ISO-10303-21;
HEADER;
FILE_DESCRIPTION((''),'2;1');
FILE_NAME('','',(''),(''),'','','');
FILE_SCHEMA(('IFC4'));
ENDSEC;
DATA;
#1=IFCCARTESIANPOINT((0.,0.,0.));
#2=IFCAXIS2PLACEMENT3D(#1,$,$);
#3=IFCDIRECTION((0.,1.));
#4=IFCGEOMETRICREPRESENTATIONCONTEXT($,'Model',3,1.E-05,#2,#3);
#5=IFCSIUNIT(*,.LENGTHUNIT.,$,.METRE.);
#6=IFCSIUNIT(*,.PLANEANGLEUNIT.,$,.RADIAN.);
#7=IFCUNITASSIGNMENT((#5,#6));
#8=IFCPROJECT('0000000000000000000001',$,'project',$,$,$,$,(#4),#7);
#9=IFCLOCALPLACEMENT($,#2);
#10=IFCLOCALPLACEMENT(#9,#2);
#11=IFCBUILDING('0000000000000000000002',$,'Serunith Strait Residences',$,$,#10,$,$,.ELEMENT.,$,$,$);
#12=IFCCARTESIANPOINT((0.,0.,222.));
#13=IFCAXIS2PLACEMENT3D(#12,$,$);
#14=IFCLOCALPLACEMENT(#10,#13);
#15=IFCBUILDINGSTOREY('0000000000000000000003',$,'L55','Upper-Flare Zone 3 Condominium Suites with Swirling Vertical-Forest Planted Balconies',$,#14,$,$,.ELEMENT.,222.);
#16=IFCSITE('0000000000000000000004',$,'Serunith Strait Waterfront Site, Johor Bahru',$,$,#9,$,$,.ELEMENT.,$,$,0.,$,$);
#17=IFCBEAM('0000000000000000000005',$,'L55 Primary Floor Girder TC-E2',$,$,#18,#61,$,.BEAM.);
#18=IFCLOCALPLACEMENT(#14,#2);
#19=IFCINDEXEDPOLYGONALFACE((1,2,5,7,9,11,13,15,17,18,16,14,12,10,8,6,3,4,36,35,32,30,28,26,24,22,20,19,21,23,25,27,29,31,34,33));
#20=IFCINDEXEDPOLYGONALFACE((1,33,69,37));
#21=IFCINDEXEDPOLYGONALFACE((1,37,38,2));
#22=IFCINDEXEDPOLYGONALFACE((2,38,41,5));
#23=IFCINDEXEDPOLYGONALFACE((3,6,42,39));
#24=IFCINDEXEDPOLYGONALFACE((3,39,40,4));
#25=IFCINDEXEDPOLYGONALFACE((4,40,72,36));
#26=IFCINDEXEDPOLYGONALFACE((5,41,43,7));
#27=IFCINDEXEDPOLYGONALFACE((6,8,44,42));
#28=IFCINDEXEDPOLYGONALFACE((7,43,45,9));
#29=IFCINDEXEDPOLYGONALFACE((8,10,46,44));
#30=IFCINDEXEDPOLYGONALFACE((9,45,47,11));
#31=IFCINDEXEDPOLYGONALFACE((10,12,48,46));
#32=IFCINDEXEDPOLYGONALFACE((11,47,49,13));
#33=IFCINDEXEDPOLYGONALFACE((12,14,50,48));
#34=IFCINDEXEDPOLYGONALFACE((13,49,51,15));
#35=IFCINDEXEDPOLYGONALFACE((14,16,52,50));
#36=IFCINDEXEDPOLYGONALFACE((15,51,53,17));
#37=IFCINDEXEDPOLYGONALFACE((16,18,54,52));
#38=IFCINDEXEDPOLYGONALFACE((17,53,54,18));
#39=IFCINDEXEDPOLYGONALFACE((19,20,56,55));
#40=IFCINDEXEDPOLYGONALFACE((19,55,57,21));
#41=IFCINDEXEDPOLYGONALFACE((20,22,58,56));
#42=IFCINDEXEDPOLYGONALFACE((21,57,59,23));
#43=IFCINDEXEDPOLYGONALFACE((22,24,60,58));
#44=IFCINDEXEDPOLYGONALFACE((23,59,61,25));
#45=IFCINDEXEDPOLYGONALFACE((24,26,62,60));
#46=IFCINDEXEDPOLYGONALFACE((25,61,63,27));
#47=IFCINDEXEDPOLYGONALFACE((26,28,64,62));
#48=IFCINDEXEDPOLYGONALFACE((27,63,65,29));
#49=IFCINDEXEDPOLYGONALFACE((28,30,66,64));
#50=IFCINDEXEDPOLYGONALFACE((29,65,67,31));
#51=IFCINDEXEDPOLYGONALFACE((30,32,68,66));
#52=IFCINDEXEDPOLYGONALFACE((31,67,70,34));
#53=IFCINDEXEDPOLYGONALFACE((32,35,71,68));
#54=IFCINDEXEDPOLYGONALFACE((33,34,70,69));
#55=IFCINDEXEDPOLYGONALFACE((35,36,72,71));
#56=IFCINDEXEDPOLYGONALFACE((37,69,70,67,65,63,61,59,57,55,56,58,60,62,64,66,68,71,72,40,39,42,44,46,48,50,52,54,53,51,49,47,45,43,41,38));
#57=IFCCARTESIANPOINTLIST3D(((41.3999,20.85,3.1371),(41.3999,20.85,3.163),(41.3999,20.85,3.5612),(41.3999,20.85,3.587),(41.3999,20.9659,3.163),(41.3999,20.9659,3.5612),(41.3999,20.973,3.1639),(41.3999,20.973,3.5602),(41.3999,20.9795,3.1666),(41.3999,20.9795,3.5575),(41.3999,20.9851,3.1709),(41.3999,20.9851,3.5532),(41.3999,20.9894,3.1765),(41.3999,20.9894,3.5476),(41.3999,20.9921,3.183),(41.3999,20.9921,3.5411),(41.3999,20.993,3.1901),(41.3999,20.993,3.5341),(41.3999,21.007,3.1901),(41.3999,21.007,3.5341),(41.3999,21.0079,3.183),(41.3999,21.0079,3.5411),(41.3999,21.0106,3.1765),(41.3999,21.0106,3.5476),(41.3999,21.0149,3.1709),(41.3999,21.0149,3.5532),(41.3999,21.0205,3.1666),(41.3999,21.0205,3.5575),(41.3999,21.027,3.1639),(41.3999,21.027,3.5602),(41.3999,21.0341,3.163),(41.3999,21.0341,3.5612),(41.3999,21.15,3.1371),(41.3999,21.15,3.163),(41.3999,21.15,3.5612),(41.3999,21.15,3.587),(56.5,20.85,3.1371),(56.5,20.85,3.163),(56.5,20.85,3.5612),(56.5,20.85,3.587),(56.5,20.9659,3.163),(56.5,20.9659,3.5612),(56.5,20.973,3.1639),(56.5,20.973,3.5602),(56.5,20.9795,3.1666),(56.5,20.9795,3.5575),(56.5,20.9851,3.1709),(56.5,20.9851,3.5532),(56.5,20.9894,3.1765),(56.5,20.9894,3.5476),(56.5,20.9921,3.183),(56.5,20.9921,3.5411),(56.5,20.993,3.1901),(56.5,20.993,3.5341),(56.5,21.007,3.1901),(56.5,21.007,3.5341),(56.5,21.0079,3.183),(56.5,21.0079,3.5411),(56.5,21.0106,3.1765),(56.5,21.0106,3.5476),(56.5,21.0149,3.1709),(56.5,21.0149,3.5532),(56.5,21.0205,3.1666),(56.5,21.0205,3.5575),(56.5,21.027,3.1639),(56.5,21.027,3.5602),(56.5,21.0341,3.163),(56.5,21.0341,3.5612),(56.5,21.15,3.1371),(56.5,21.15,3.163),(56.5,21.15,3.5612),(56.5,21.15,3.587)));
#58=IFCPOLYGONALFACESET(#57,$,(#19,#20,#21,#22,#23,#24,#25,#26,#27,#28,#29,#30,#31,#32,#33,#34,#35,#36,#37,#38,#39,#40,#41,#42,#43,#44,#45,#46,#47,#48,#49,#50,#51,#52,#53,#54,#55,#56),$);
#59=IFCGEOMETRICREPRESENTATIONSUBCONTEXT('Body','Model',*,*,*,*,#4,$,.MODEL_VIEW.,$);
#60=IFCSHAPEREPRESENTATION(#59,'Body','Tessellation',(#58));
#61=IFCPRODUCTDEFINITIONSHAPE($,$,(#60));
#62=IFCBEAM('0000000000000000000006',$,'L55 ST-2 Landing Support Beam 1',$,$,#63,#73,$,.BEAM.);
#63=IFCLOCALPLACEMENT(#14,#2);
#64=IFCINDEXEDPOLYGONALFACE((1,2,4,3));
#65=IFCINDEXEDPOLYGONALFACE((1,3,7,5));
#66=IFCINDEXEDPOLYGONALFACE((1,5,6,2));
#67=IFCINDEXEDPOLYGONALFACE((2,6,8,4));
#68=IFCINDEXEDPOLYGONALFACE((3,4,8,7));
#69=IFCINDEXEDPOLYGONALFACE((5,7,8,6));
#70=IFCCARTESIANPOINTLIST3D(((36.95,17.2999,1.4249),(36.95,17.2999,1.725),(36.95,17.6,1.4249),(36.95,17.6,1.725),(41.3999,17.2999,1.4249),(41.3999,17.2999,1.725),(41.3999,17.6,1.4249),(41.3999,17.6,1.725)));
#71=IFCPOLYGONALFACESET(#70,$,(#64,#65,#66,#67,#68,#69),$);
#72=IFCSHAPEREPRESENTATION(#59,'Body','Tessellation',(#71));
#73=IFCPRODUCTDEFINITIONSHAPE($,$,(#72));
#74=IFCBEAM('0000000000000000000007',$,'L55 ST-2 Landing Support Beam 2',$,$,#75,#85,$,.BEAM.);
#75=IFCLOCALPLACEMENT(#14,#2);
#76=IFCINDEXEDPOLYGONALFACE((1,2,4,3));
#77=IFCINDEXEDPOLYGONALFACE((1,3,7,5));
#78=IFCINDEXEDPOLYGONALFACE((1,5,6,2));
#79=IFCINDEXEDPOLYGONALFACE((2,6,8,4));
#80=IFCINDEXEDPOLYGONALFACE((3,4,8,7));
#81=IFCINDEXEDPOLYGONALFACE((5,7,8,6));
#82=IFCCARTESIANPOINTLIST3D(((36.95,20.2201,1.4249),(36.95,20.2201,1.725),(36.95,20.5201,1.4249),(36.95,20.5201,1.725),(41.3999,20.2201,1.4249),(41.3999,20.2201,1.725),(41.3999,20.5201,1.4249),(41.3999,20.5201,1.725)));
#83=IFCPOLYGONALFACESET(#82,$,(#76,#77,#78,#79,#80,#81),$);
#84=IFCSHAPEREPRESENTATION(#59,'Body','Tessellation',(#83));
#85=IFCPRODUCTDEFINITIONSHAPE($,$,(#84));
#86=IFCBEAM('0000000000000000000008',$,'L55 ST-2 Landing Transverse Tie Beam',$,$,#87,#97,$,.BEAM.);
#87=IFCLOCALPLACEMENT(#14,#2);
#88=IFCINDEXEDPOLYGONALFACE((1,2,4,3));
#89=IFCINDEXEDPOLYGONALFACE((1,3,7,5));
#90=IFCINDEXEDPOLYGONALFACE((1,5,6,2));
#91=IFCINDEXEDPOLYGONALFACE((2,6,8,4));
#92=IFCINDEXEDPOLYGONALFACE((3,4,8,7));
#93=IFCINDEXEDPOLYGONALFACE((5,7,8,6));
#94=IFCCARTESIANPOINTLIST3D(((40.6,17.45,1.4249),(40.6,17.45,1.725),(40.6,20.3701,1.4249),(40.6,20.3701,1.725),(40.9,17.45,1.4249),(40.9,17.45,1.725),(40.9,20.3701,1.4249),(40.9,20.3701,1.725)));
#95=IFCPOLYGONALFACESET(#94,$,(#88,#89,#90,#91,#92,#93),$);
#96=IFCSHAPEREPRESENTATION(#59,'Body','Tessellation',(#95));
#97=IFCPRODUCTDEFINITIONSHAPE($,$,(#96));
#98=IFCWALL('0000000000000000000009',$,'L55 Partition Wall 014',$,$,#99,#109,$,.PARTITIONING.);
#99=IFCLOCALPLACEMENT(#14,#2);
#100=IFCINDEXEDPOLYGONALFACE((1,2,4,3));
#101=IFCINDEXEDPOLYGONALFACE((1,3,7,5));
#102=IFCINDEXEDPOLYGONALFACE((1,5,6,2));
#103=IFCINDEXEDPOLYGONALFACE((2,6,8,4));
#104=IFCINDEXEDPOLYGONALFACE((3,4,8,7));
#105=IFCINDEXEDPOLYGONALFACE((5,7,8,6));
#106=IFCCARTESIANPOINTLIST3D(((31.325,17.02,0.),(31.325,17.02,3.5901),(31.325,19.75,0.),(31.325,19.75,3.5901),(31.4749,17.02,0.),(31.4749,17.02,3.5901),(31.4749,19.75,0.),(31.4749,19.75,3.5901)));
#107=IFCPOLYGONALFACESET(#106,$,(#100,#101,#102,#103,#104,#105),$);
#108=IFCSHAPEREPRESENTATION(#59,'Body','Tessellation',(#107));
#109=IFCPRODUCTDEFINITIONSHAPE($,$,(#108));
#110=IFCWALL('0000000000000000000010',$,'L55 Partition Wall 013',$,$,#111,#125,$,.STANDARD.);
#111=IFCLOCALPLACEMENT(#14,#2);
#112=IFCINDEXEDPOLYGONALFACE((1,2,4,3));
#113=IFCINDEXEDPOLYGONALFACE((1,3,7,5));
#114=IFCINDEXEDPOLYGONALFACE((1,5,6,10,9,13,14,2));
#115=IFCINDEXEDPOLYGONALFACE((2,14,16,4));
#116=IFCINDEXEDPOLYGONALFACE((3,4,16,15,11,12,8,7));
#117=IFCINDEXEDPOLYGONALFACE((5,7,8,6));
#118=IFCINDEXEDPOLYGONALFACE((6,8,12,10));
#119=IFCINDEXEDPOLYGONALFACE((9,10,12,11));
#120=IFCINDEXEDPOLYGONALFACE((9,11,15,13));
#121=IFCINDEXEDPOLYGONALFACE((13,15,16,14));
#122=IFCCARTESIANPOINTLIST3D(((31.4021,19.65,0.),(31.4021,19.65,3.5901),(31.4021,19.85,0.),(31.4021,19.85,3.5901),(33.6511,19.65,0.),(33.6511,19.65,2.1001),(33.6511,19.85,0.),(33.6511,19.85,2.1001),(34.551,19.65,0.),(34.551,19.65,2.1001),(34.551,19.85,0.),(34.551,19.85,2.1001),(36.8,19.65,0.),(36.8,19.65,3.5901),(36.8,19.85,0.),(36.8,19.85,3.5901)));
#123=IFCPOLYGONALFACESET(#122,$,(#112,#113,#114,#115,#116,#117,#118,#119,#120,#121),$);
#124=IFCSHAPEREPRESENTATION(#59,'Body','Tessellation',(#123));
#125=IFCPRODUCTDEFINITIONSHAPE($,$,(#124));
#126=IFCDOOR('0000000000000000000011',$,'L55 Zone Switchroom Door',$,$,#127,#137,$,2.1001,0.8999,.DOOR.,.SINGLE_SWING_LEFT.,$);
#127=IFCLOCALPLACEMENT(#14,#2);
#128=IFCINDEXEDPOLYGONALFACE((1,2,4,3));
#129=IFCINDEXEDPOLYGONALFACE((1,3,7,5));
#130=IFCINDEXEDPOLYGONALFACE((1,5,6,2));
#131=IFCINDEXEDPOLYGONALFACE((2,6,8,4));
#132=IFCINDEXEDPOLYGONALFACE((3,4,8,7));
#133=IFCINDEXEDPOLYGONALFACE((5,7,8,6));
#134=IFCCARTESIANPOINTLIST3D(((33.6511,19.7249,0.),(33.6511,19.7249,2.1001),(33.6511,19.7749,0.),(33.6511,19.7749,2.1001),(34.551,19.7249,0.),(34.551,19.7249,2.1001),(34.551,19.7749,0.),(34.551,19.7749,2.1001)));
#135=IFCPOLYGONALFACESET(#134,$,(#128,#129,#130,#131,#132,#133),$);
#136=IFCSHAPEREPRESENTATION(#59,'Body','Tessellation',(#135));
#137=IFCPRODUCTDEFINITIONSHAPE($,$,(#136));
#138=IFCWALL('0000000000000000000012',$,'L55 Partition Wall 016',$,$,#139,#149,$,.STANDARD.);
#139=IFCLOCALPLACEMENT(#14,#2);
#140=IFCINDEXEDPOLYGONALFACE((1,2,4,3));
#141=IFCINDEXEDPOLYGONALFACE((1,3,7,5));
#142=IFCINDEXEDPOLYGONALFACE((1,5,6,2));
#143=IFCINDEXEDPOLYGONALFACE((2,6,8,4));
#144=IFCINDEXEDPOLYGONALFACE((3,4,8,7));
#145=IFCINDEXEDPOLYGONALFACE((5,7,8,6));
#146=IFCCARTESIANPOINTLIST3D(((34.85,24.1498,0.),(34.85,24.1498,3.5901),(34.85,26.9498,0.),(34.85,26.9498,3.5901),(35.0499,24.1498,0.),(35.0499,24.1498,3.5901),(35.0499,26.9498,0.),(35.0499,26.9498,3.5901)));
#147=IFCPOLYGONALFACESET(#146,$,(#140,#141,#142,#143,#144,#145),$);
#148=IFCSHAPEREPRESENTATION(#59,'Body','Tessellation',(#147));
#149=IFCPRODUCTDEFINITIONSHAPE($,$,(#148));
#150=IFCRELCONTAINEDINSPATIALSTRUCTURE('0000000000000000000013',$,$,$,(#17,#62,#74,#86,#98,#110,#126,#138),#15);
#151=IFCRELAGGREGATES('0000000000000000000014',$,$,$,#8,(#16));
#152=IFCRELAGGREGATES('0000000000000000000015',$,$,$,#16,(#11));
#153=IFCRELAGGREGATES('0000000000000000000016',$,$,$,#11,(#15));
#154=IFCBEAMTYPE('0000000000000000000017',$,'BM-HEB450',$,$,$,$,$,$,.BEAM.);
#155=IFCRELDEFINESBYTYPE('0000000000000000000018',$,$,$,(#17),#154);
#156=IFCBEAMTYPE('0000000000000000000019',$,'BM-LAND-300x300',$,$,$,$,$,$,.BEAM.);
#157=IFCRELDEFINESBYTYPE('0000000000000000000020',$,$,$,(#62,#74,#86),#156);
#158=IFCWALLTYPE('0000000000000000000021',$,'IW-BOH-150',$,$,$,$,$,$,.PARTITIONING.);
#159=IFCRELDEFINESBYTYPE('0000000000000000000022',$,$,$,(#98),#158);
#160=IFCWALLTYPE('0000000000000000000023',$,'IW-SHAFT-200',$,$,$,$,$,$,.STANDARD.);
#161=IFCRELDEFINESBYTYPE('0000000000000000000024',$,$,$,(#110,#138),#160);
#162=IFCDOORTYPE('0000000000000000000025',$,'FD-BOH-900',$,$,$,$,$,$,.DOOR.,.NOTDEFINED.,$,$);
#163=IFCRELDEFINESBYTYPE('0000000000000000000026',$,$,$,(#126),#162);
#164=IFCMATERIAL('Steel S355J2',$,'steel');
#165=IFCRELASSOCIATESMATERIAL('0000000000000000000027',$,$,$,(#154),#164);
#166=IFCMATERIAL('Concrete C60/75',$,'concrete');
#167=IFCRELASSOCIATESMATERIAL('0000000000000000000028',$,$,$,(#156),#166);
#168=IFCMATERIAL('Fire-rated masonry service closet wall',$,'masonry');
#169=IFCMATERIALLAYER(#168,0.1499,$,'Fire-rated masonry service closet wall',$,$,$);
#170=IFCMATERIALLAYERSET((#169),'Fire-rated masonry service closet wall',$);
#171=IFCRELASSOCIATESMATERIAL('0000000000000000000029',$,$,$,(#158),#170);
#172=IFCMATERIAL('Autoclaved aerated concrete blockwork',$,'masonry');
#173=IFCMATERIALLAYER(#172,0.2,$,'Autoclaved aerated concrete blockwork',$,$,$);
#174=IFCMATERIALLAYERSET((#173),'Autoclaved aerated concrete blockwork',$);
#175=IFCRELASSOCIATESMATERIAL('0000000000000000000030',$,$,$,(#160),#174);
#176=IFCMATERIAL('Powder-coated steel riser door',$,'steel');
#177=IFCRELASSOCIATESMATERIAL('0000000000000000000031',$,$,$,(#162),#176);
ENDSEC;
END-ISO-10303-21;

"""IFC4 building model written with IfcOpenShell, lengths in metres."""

from ifc_helpers import new_model, si_unit, direction, frame, frame_2d, origin, origin_2d, place, context, subcontext, project, spatial, rectangle, i_section, extrude, source, transform, mapped, material, layer, layer_set, material_profile, profile_set, type_object, element, fill, save


model = new_model("IFC4")

# Units and contexts
model_context = context("Model", 3, precision=1e-05, world=origin(), true_north=direction((0.0, 1.0)))
body_context = subcontext(model_context, "Body", "Model", "MODEL_VIEW")
ifc_project = project(units=[si_unit("LENGTHUNIT", "METRE"), si_unit("PLANEANGLEUNIT", "RADIAN")], contexts=[model_context])

# Site, building, storey
site_placement = place(None, origin())
site = spatial("IfcSite", under=ifc_project, at=site_placement, Name="Serunith Strait Waterfront Site, Johor Bahru", CompositionType="ELEMENT", RefElevation=0.0)
building_placement = place(site_placement, origin())
building = spatial("IfcBuilding", under=site, at=building_placement, Name="Serunith Strait Residences", CompositionType="ELEMENT")
storey_placement = place(building_placement, frame((0.0, 0.0, 222.0)))
storey = spatial("IfcBuildingStorey", under=building, at=storey_placement, Name="L55", Description="Upper-Flare Zone 3 Condominium Suites with Swirling Vertical-Forest Planted Balconies", CompositionType="ELEMENT", Elevation=222.0)

# Beams
ifc_material_1 = material(Name="Steel S355J2", Category="steel")
ifc_material_profile_1 = material_profile(ifc_material_1, i_section(OverallWidth=0.3, OverallDepth=0.45, WebThickness=0.0139, FlangeThickness=0.0259, FilletRadius=0.0271, at=origin_2d()), Name="HEB 450")
ifc_profile_set_1 = profile_set([ifc_material_profile_1], Name="Steel S355J2")
beam_type_1 = type_object("IfcBeamType", Name="BM-HEB450", PredefinedType="BEAM", material=ifc_profile_set_1)
shared_shape_1 = source(origin(), body_context, "Body", "SweptSolid", [
    extrude(i_section(OverallWidth=0.3, OverallDepth=0.45, WebThickness=0.0139, FlangeThickness=0.0259, FilletRadius=0.0271, at=origin_2d()), origin(), (0.0, 0.0, 1.0), 15.1001),
])
beam_1_placement = place(storey_placement, frame((41.3999, 21.0, 3.3621), z_axis=(1.0, 0.0, 0.0), x_axis=(0.0, 1.0, 0.0)))
element("IfcBeam", 1, at=beam_1_placement, inside=storey, type_object=beam_type_1, Name="L55 Primary Floor Girder TC-E2", PredefinedType="BEAM", context=body_context, shape_type="MappedRepresentation", body=[
    mapped(shared_shape_1, transform((0.0, 0.0, 0.0), scale=1.0)),
])
ifc_material_2 = material(Name="Concrete C60/75", Category="concrete")
ifc_material_profile_2 = material_profile(ifc_material_2, rectangle(XDim=0.3, YDim=0.3, at=origin_2d()), Name="RC 300x300")
ifc_profile_set_2 = profile_set([ifc_material_profile_2], Name="Concrete C60/75")
beam_type_2 = type_object("IfcBeamType", Name="BM-LAND-300x300", PredefinedType="BEAM", material=ifc_profile_set_2)
shared_shape_2 = source(origin(), body_context, "Body", "SweptSolid", [
    extrude(rectangle(XDim=0.3, YDim=0.3, at=origin_2d()), origin(), (0.0, 0.0, 1.0), 4.45),
])
for number, where, z_axis, x_axis, name in (
    (2, (36.95, 17.45, 1.575), (1.0, 0.0, 0.0), (0.0, 1.0, 0.0), "L55 ST-2 Landing Support Beam 1"),
    (3, (36.95, 20.3701, 1.575), (1.0, 0.0, 0.0), (0.0, 1.0, 0.0), "L55 ST-2 Landing Support Beam 2"),
):
    element("IfcBeam", number, at=place(storey_placement, frame(where, z_axis=z_axis, x_axis=x_axis)), inside=storey, type_object=beam_type_2, Name=name, PredefinedType="BEAM", context=body_context, shape_type="MappedRepresentation", body=[
        mapped(shared_shape_2, transform((0.0, 0.0, 0.0), scale=1.0)),
    ])
shared_shape_3 = source(origin(), body_context, "Body", "SweptSolid", [
    extrude(rectangle(XDim=0.3, YDim=0.3, at=origin_2d()), origin(), (0.0, 0.0, 1.0), 2.9202),
])
beam_2_placement = place(storey_placement, frame((40.75, 17.45, 1.575), z_axis=(0.0, 1.0, 0.0), x_axis=(-1.0, 0.0, 0.0)))
element("IfcBeam", 4, at=beam_2_placement, inside=storey, type_object=beam_type_2, Name="L55 ST-2 Landing Transverse Tie Beam", PredefinedType="BEAM", context=body_context, shape_type="MappedRepresentation", body=[
    mapped(shared_shape_3, transform((0.0, 0.0, 0.0), scale=1.0)),
])

# Wall
ifc_material_3 = material(Name="Fire-rated masonry service closet wall", Category="masonry")
ifc_layer_1 = layer(ifc_material_3, 0.1499, Name="Fire-rated masonry service closet wall")
ifc_layer_set_1 = layer_set([ifc_layer_1], Name="Fire-rated masonry service closet wall")
wall_type_1 = type_object("IfcWallType", Name="IW-BOH-150", PredefinedType="PARTITIONING", material=ifc_layer_set_1)
wall_1_placement = place(storey_placement, frame((31.3999, 17.02, 0.0), z_axis=(0.0, 0.0, 1.0), x_axis=(0.0, 1.0, 0.0)))
element("IfcWall", 5, at=wall_1_placement, inside=storey, type_object=wall_type_1, Name="L55 Partition Wall 014", PredefinedType="PARTITIONING", context=body_context, shape_type="SweptSolid", body=[
    extrude(rectangle(XDim=2.73, YDim=0.1499, at=frame_2d((1.365, 0.0))), origin(), (0.0, 0.0, 1.0), 3.5901),
])

# Wall, opening, door
ifc_material_4 = material(Name="Autoclaved aerated concrete blockwork", Category="masonry")
ifc_layer_2 = layer(ifc_material_4, 0.2, Name="Autoclaved aerated concrete blockwork")
ifc_layer_set_2 = layer_set([ifc_layer_2], Name="Autoclaved aerated concrete blockwork")
wall_type_2 = type_object("IfcWallType", Name="IW-SHAFT-200", PredefinedType="STANDARD", material=ifc_layer_set_2)
wall_2_placement = place(storey_placement, frame((31.4021, 19.75, 0.0), z_axis=(0.0, 0.0, 1.0), x_axis=(1.0, 0.0, 0.0)))
wall_2 = element("IfcWall", 6, at=wall_2_placement, inside=storey, type_object=wall_type_2, Name="L55 Partition Wall 013", PredefinedType="STANDARD", context=body_context, shape_type="SweptSolid", body=[
    extrude(rectangle(XDim=5.3979, YDim=0.2, at=frame_2d((2.699, 0.0))), origin(), (0.0, 0.0, 1.0), 3.5901),
])
opening_1_placement = place(wall_2_placement, frame((2.249, 0.0, 0.0)))
opening_1 = element("IfcOpeningElement", 7, at=opening_1_placement, cuts=wall_2, PredefinedType="OPENING", context=body_context, shape_type="SweptSolid", body=[
    extrude(rectangle(XDim=0.8999, YDim=2.1001, at=frame_2d((0.45, 1.05))), frame((0.0, 0.1099, 0.0), z_axis=(0.0, -1.0, 0.0), x_axis=(1.0, 0.0, 0.0)), (0.0, 0.0, 1.0), 0.22),
])
ifc_material_5 = material(Name="Powder-coated steel riser door", Category="steel")
door_type_1 = type_object("IfcDoorType", Name="FD-BOH-900", OperationType="NOTDEFINED", PredefinedType="DOOR", material=ifc_material_5)
shared_shape_4 = source(origin(), body_context, "Body", "SweptSolid", [
    extrude(rectangle(XDim=0.8999, YDim=2.1001, at=frame_2d((0.45, 1.05))), frame((0.0, 0.0249, 0.0), z_axis=(0.0, -1.0, 0.0), x_axis=(1.0, 0.0, 0.0)), (0.0, 0.0, 1.0), 0.05),
])
door_1_placement = place(opening_1_placement, origin())
door_1 = element("IfcDoor", 8, at=door_1_placement, inside=storey, type_object=door_type_1, Name="L55 Zone Switchroom Door", OperationType="SINGLE_SWING_LEFT", OverallHeight=2.1001, OverallWidth=0.8999, PredefinedType="DOOR", context=body_context, shape_type="MappedRepresentation", body=[
    mapped(shared_shape_4, transform((0.0, 0.0, 0.0), scale=1.0)),
])
fill(opening_1, door_1)

# Wall
wall_3_placement = place(storey_placement, frame((34.95, 24.1499, 0.0), z_axis=(0.0, 0.0, 1.0), x_axis=(0.0, 1.0, 0.0)))
element("IfcWall", 9, at=wall_3_placement, inside=storey, type_object=wall_type_2, Name="L55 Partition Wall 016", PredefinedType="STANDARD", context=body_context, shape_type="SweptSolid", body=[
    extrude(rectangle(XDim=2.8, YDim=0.2, at=frame_2d((1.3999, 0.0))), origin(), (0.0, 0.0, 1.0), 3.5901),
])

save(model, "model.ifc")
